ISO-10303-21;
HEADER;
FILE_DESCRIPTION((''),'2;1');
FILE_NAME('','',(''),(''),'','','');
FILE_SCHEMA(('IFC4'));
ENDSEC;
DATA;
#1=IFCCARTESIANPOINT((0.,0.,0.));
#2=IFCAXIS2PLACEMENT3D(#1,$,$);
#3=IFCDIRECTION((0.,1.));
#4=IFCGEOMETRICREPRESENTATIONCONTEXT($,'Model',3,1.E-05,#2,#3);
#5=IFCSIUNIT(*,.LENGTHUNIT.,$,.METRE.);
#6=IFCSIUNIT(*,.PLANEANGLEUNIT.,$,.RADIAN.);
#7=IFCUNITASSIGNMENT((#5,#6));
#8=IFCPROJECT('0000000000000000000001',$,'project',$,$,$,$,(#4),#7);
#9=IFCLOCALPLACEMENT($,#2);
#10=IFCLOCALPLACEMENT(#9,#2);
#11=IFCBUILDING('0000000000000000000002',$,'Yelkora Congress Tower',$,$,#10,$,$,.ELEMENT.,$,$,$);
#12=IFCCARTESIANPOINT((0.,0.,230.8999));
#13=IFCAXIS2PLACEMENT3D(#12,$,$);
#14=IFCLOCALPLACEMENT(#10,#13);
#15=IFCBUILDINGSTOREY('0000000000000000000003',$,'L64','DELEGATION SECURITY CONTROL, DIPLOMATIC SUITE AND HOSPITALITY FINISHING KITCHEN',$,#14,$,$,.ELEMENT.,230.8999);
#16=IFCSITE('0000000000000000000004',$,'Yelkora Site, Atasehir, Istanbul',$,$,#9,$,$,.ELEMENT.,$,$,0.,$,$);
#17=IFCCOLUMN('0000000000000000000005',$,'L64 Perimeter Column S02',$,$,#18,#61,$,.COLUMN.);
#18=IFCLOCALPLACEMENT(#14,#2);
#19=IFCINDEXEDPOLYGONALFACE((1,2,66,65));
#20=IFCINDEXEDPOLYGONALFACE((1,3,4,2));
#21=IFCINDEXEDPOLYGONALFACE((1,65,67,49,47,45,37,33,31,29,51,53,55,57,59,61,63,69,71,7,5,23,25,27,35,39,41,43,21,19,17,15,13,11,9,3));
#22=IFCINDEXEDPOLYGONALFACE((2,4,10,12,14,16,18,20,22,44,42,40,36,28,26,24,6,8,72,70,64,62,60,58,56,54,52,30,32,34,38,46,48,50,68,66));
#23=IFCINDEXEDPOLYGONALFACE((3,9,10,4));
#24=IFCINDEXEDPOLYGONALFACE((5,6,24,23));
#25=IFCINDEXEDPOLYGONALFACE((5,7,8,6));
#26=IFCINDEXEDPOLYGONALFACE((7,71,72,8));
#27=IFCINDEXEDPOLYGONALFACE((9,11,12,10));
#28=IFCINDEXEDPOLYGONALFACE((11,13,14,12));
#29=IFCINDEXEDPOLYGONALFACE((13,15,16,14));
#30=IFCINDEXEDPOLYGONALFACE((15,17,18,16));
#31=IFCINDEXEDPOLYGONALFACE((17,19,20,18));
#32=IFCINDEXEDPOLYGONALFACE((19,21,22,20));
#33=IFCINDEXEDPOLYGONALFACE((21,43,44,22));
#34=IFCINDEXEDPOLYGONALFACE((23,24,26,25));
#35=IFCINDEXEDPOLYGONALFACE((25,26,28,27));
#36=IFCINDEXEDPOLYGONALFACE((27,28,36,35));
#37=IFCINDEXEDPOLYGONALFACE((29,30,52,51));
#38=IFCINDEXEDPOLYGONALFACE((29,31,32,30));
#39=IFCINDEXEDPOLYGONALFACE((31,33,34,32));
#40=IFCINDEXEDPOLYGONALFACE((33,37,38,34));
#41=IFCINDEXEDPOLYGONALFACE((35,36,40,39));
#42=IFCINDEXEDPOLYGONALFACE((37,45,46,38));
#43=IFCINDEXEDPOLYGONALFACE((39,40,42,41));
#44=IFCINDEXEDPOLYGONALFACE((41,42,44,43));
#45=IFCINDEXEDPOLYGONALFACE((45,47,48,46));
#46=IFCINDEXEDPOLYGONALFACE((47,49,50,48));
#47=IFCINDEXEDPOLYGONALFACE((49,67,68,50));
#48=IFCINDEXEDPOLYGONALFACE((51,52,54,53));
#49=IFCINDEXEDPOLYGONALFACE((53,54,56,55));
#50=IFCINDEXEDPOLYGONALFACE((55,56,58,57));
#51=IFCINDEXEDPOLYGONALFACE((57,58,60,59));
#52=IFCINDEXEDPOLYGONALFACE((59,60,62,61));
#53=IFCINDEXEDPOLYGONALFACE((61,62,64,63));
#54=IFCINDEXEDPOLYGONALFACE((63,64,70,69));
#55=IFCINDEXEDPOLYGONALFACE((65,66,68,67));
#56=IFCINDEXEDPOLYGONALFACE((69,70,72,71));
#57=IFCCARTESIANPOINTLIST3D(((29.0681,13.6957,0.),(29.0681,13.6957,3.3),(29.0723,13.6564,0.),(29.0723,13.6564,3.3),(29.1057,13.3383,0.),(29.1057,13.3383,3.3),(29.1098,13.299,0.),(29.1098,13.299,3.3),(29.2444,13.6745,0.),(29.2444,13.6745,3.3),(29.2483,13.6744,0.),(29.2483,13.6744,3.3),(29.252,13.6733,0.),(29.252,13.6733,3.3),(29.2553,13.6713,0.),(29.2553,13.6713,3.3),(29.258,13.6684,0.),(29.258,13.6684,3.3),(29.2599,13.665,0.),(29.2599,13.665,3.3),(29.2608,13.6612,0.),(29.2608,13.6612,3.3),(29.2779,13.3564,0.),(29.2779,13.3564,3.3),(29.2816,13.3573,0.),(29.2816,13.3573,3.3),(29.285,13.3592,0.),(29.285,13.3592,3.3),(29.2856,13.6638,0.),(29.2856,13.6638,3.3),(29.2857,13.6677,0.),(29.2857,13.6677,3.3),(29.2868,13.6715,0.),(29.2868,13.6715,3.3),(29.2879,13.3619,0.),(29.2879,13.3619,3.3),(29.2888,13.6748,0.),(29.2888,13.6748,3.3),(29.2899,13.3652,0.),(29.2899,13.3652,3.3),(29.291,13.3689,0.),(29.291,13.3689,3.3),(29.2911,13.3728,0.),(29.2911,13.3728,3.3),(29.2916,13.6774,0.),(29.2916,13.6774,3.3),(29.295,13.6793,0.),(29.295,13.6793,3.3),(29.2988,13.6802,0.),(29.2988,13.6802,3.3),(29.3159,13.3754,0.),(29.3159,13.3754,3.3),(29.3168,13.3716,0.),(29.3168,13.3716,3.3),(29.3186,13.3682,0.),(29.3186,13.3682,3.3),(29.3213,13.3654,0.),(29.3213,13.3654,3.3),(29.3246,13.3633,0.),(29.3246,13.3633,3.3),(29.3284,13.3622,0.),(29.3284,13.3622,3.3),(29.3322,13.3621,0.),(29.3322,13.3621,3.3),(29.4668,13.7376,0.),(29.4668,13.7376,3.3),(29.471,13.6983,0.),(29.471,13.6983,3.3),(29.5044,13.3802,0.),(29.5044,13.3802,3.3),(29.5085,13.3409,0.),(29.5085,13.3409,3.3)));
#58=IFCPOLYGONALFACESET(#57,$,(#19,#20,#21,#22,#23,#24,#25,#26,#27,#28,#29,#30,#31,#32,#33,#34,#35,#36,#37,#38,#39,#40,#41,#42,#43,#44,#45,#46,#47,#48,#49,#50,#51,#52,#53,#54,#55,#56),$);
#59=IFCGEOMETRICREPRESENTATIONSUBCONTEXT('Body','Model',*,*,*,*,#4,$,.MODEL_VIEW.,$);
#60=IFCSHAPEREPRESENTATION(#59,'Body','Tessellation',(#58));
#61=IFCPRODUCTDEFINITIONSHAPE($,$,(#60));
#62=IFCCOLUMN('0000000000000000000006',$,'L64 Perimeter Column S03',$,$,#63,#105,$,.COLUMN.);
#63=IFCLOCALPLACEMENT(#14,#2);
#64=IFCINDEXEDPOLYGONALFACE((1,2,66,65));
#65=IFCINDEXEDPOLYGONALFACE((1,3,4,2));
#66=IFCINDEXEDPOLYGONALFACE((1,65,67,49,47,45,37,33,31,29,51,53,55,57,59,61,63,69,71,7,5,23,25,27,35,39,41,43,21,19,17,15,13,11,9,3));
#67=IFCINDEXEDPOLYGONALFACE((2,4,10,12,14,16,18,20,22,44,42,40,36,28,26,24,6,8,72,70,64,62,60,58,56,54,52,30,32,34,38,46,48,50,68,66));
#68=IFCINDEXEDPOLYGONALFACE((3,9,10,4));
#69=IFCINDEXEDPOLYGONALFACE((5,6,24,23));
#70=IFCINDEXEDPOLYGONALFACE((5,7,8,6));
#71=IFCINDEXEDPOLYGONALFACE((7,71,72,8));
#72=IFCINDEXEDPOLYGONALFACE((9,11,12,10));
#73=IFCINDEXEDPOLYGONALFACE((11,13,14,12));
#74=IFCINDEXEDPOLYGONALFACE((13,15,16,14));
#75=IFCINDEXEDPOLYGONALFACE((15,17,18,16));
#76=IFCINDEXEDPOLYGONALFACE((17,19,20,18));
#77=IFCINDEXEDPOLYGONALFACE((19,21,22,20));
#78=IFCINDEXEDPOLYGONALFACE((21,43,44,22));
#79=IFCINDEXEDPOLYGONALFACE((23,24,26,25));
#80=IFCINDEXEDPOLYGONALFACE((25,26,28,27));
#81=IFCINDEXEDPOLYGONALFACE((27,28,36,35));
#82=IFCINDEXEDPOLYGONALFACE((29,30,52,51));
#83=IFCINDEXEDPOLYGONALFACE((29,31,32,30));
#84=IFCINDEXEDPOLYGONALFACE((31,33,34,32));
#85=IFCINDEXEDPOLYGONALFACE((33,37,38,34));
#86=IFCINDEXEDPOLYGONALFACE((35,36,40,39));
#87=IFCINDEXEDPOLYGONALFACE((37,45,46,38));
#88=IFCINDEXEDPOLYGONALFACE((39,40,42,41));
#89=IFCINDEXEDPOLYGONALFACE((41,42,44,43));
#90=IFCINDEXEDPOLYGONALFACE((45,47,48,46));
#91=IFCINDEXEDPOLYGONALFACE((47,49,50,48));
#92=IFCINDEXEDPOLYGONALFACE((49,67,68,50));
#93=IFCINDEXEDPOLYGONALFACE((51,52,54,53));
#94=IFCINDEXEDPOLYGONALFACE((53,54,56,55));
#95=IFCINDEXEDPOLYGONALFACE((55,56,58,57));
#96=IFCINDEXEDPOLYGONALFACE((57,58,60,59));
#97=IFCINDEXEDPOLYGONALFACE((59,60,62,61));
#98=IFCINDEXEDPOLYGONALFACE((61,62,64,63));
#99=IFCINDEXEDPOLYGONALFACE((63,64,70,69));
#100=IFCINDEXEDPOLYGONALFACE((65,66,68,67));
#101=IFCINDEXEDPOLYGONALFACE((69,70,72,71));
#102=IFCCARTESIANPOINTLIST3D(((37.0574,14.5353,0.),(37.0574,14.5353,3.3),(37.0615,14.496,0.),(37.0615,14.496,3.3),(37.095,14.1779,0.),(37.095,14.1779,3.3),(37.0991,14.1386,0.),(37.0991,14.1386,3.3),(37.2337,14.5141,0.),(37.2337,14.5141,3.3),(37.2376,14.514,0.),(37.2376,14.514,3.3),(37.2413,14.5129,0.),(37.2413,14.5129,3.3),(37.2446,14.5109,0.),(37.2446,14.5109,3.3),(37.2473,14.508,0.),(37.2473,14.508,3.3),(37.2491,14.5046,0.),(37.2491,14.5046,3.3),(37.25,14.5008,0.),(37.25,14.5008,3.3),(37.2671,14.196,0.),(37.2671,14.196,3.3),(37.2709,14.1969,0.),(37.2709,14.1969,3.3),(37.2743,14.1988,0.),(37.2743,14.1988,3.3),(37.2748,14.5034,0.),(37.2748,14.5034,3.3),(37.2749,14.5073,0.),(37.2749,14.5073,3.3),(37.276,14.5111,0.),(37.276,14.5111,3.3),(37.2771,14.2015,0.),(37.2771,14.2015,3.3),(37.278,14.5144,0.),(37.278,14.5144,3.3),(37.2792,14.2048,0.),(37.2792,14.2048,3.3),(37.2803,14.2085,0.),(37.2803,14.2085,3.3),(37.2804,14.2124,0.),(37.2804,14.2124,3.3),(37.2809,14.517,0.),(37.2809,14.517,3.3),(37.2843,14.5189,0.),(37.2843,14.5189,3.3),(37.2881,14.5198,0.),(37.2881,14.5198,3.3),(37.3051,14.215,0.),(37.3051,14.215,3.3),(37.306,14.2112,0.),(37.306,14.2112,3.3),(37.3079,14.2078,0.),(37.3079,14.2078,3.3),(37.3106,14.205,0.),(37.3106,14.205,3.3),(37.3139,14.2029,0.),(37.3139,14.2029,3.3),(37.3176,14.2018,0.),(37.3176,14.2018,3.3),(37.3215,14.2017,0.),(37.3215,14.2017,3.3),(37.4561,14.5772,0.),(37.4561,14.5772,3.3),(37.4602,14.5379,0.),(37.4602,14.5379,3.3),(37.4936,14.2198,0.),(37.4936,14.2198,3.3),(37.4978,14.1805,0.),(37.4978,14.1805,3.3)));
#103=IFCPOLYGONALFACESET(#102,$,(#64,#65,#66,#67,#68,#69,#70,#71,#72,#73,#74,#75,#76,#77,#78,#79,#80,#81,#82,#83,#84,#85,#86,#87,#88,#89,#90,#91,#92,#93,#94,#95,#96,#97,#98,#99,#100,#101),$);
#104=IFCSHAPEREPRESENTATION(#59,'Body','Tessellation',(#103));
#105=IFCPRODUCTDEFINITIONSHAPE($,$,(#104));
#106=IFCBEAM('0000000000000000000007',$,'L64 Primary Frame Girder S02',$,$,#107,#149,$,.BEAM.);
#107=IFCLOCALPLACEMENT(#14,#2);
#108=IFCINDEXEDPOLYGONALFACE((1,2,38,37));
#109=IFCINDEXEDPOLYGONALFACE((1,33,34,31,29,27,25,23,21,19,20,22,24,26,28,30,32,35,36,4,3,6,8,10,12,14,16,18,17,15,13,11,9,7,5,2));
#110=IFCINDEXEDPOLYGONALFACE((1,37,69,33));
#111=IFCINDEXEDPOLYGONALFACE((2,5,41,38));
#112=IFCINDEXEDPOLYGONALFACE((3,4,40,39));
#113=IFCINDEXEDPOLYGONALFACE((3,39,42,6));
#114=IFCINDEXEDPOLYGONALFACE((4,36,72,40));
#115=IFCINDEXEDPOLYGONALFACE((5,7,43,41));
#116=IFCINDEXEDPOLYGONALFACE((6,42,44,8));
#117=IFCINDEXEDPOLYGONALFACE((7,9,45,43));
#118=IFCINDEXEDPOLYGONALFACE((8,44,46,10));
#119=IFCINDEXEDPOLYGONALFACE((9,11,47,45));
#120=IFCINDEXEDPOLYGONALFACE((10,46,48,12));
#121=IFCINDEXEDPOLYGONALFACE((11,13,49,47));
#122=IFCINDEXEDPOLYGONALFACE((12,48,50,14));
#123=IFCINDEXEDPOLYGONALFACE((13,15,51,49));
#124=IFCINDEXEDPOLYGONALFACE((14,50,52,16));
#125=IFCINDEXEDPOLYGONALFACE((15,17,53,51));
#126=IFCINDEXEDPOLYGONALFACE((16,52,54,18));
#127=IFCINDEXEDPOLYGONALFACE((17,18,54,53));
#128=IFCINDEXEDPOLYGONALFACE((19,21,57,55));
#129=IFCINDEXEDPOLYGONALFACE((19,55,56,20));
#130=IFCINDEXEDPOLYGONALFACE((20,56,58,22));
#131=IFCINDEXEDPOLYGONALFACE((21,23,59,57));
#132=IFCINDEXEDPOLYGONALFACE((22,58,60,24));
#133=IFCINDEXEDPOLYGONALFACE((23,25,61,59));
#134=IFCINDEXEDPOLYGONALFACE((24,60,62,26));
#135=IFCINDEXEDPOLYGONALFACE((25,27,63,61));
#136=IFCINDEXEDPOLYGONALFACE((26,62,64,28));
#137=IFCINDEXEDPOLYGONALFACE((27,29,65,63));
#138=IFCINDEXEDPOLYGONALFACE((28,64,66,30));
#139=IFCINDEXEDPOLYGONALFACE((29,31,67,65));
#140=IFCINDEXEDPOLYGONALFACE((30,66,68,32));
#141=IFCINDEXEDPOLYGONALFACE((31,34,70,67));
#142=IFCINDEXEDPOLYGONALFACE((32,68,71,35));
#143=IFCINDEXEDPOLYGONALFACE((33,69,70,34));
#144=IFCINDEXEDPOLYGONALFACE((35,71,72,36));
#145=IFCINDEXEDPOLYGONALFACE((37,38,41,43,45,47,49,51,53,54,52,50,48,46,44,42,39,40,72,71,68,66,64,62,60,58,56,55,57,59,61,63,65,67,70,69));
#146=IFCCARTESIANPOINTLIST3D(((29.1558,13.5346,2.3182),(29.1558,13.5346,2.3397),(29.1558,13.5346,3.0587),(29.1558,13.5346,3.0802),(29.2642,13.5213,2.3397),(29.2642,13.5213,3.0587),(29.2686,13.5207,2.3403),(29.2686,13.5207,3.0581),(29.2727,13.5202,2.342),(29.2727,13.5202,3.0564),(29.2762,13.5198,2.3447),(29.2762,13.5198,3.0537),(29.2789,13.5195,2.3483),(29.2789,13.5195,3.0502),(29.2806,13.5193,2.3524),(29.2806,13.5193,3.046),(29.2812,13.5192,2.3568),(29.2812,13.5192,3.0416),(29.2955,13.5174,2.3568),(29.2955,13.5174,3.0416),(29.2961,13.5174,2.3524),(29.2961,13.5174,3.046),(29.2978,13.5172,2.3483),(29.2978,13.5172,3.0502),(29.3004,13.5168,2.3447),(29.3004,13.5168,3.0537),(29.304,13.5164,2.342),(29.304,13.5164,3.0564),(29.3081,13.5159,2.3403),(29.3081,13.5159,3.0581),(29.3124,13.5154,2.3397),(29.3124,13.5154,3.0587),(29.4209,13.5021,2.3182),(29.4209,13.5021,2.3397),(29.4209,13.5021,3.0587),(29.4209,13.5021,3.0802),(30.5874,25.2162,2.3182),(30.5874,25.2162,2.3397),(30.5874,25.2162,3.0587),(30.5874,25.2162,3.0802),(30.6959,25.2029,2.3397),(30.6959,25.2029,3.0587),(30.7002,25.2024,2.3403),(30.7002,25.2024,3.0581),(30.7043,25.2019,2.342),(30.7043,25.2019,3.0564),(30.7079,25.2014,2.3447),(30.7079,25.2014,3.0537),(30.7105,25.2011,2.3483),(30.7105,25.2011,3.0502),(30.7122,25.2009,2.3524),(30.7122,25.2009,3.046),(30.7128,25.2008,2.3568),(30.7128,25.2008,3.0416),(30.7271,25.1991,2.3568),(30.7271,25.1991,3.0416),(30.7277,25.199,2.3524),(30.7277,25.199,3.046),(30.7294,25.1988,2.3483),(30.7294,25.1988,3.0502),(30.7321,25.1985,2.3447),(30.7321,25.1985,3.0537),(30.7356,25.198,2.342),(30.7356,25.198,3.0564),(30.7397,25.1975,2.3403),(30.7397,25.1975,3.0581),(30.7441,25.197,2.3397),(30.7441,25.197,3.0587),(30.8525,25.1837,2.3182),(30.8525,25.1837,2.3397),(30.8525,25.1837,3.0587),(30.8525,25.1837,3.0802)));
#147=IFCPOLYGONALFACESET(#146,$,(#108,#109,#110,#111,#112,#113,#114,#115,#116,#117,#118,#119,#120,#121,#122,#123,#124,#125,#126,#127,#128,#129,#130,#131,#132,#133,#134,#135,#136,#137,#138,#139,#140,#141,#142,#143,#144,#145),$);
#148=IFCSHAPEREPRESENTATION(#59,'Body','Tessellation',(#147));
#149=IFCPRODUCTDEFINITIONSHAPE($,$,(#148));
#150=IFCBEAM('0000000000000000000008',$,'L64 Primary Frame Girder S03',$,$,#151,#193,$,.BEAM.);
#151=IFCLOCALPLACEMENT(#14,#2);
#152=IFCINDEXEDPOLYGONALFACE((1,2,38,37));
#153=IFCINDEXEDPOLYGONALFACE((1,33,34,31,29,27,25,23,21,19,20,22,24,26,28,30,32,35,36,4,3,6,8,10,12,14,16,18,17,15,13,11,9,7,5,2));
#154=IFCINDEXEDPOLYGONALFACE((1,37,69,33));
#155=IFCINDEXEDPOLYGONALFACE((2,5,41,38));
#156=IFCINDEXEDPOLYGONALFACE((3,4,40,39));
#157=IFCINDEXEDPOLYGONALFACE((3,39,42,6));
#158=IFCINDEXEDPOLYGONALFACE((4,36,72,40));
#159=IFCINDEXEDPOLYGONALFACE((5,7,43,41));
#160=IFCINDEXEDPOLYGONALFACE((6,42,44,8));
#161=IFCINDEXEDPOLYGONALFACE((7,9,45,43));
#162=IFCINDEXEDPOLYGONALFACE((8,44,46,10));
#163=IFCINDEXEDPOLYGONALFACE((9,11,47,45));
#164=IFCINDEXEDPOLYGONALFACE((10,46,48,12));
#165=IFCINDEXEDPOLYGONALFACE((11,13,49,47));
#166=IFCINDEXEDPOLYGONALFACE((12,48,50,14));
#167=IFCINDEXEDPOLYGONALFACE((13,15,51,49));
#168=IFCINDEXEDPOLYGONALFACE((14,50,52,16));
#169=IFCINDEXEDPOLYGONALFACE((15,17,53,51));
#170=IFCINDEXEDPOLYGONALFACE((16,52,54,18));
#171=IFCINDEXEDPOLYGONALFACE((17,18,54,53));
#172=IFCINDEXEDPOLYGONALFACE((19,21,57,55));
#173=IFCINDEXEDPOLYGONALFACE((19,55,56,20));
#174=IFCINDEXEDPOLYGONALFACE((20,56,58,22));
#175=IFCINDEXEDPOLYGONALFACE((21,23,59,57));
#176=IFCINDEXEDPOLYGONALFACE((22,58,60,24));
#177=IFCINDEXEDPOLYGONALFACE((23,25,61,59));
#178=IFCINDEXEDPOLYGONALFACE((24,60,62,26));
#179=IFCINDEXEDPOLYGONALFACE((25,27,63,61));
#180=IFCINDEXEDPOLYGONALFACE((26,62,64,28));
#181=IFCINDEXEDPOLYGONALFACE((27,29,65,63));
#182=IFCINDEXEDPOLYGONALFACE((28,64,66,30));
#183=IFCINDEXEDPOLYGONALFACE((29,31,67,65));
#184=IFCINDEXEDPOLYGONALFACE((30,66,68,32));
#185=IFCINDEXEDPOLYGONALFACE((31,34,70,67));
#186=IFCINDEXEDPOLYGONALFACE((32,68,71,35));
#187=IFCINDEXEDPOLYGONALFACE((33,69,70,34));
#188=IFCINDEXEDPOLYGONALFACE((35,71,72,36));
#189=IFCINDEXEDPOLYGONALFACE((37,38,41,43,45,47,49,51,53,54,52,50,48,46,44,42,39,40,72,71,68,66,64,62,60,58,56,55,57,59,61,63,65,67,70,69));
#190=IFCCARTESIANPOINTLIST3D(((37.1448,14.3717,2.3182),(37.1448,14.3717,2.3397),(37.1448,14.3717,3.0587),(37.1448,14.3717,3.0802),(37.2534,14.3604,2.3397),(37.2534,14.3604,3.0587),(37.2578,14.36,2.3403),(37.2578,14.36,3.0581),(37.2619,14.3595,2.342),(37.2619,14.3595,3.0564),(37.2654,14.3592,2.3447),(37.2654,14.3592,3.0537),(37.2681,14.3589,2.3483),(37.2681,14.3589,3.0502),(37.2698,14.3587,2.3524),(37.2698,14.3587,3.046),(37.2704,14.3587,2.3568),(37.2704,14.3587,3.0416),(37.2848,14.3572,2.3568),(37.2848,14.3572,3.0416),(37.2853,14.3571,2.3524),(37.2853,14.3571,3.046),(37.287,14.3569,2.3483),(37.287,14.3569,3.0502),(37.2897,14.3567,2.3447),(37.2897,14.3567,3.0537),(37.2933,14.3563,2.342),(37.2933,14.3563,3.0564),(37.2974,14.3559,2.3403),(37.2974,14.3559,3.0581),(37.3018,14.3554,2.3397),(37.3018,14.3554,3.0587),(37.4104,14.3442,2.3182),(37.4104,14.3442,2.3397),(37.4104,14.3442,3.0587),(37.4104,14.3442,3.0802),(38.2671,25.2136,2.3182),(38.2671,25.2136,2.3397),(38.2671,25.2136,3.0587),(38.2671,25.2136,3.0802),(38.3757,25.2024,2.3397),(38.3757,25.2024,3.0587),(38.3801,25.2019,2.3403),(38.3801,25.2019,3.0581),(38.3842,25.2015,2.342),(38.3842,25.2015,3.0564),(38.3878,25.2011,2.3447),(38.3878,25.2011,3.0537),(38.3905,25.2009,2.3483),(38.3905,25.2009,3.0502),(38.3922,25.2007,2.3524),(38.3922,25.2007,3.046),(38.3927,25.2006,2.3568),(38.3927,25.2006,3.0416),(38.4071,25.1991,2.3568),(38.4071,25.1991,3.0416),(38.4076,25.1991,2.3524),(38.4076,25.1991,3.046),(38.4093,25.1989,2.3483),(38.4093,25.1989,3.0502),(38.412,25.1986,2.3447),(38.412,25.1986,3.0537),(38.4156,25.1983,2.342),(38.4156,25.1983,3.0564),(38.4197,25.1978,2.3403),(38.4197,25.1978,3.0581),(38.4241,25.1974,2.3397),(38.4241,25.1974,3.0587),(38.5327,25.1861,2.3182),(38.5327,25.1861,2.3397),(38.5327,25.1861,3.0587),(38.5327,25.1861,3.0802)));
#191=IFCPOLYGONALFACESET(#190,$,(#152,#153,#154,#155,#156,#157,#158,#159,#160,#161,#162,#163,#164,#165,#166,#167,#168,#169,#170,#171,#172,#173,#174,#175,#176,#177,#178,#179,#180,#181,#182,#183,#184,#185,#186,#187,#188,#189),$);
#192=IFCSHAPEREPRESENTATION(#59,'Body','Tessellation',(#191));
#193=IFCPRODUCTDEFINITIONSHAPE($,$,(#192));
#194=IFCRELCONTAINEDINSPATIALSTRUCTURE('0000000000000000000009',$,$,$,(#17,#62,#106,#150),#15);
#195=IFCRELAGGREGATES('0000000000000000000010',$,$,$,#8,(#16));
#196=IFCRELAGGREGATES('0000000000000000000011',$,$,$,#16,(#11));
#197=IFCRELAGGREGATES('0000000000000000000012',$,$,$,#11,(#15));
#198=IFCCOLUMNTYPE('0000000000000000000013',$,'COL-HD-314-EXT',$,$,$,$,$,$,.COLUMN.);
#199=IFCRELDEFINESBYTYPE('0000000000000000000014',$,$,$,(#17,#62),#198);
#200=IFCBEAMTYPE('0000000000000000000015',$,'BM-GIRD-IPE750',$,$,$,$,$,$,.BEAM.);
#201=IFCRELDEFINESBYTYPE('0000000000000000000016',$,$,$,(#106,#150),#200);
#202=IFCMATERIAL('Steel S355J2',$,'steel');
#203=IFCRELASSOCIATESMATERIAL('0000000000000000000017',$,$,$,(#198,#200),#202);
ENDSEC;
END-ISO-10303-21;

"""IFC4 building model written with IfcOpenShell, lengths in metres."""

from ifc_helpers import new_model, si_unit, direction, frame, origin, origin_2d, place, context, subcontext, project, spatial, i_section, extrude, material, material_profile, profile_set, type_object, element, save


model = new_model("IFC4")

# Units and contexts
model_context = context("Model", 3, precision=1e-05, world=origin(), true_north=direction((0.0, 1.0)))
body_context = subcontext(model_context, "Body", "Model", "MODEL_VIEW")
ifc_project = project(units=[si_unit("LENGTHUNIT", "METRE"), si_unit("PLANEANGLEUNIT", "RADIAN")], contexts=[model_context])

# Site, building, storey
site_placement = place(None, origin())
site = spatial("IfcSite", under=ifc_project, at=site_placement, Name="Yelkora Site, Atasehir, Istanbul", CompositionType="ELEMENT", RefElevation=0.0)
building_placement = place(site_placement, origin())
building = spatial("IfcBuilding", under=site, at=building_placement, Name="Yelkora Congress Tower", CompositionType="ELEMENT")
storey_placement = place(building_placement, frame((0.0, 0.0, 230.8999)))
storey = spatial("IfcBuildingStorey", under=building, at=storey_placement, Name="L64", Description="DELEGATION SECURITY CONTROL, DIPLOMATIC SUITE AND HOSPITALITY FINISHING KITCHEN", CompositionType="ELEMENT", Elevation=230.8999)

# Columns
ifc_material_1 = material(Name="Steel S355J2", Category="steel")
ifc_material_profile_1 = material_profile(ifc_material_1, i_section(OverallWidth=0.4009, OverallDepth=0.3989, WebThickness=0.0249, FlangeThickness=0.0396, FilletRadius=0.0149, at=origin_2d()), Name="HD 400x314")
ifc_profile_set_1 = profile_set([ifc_material_profile_1], Name="Steel S355J2")
column_type = type_object("IfcColumnType", Name="COL-HD-314-EXT", PredefinedType="COLUMN", material=ifc_profile_set_1)
for number, where, z_axis, x_axis, name in (
    (1, (29.2883, 13.5183, 0.0), (0.0, 0.0, 1.0), (0.994522, 0.104528, 0.0), "L64 Perimeter Column S02"),
    (2, (37.2776, 14.3579, 0.0), (0.0, 0.0, 1.0), (0.994522, 0.104528, 0.0), "L64 Perimeter Column S03"),
):
    element("IfcColumn", number, at=place(storey_placement, frame(where, z_axis=z_axis, x_axis=x_axis)), inside=storey, type_object=column_type, Name=name, PredefinedType="COLUMN", context=body_context, shape_type="SweptSolid", body=[
        extrude(i_section(OverallWidth=0.4009, OverallDepth=0.3989, WebThickness=0.0249, FlangeThickness=0.0396, FilletRadius=0.0149, at=origin_2d()), origin(), (0.0, 0.0, 1.0), 3.3),
    ])

# Beams
ifc_material_profile_2 = material_profile(ifc_material_1, i_section(OverallWidth=0.2671, OverallDepth=0.762, WebThickness=0.0144, FlangeThickness=0.0215, FilletRadius=0.0171, at=origin_2d()), Name="IPE 750x173")
ifc_profile_set_2 = profile_set([ifc_material_profile_2], Name="Steel S355J2")
beam_type_1 = type_object("IfcBeamType", Name="BM-GIRD-IPE750", PredefinedType="BEAM", material=ifc_profile_set_2)
beam_1_placement = place(storey_placement, frame((29.2883, 13.5183, 2.6992), z_axis=(0.121645, 0.992574, 0.0), x_axis=(-0.992574, 0.121645, 0.0)))
element("IfcBeam", 3, at=beam_1_placement, inside=storey, type_object=beam_type_1, Name="L64 Primary Frame Girder S02", PredefinedType="BEAM", context=body_context, shape_type="SweptSolid", body=[
    extrude(i_section(OverallWidth=0.2671, OverallDepth=0.762, WebThickness=0.0144, FlangeThickness=0.0215, FilletRadius=0.0171, at=origin_2d()), origin(), (0.0, 0.0, 1.0), 11.769),
])
beam_2_placement = place(storey_placement, frame((37.2776, 14.3579, 2.6992), z_axis=(0.102965, 0.994685, 0.0), x_axis=(-0.994685, 0.102965, 0.0)))
element("IfcBeam", 4, at=beam_2_placement, inside=storey, type_object=beam_type_1, Name="L64 Primary Frame Girder S03", PredefinedType="BEAM", context=body_context, shape_type="SweptSolid", body=[
    extrude(i_section(OverallWidth=0.2671, OverallDepth=0.762, WebThickness=0.0144, FlangeThickness=0.0215, FilletRadius=0.0171, at=origin_2d()), origin(), (0.0, 0.0, 1.0), 10.8999),
])

save(model, "model.ifc")
